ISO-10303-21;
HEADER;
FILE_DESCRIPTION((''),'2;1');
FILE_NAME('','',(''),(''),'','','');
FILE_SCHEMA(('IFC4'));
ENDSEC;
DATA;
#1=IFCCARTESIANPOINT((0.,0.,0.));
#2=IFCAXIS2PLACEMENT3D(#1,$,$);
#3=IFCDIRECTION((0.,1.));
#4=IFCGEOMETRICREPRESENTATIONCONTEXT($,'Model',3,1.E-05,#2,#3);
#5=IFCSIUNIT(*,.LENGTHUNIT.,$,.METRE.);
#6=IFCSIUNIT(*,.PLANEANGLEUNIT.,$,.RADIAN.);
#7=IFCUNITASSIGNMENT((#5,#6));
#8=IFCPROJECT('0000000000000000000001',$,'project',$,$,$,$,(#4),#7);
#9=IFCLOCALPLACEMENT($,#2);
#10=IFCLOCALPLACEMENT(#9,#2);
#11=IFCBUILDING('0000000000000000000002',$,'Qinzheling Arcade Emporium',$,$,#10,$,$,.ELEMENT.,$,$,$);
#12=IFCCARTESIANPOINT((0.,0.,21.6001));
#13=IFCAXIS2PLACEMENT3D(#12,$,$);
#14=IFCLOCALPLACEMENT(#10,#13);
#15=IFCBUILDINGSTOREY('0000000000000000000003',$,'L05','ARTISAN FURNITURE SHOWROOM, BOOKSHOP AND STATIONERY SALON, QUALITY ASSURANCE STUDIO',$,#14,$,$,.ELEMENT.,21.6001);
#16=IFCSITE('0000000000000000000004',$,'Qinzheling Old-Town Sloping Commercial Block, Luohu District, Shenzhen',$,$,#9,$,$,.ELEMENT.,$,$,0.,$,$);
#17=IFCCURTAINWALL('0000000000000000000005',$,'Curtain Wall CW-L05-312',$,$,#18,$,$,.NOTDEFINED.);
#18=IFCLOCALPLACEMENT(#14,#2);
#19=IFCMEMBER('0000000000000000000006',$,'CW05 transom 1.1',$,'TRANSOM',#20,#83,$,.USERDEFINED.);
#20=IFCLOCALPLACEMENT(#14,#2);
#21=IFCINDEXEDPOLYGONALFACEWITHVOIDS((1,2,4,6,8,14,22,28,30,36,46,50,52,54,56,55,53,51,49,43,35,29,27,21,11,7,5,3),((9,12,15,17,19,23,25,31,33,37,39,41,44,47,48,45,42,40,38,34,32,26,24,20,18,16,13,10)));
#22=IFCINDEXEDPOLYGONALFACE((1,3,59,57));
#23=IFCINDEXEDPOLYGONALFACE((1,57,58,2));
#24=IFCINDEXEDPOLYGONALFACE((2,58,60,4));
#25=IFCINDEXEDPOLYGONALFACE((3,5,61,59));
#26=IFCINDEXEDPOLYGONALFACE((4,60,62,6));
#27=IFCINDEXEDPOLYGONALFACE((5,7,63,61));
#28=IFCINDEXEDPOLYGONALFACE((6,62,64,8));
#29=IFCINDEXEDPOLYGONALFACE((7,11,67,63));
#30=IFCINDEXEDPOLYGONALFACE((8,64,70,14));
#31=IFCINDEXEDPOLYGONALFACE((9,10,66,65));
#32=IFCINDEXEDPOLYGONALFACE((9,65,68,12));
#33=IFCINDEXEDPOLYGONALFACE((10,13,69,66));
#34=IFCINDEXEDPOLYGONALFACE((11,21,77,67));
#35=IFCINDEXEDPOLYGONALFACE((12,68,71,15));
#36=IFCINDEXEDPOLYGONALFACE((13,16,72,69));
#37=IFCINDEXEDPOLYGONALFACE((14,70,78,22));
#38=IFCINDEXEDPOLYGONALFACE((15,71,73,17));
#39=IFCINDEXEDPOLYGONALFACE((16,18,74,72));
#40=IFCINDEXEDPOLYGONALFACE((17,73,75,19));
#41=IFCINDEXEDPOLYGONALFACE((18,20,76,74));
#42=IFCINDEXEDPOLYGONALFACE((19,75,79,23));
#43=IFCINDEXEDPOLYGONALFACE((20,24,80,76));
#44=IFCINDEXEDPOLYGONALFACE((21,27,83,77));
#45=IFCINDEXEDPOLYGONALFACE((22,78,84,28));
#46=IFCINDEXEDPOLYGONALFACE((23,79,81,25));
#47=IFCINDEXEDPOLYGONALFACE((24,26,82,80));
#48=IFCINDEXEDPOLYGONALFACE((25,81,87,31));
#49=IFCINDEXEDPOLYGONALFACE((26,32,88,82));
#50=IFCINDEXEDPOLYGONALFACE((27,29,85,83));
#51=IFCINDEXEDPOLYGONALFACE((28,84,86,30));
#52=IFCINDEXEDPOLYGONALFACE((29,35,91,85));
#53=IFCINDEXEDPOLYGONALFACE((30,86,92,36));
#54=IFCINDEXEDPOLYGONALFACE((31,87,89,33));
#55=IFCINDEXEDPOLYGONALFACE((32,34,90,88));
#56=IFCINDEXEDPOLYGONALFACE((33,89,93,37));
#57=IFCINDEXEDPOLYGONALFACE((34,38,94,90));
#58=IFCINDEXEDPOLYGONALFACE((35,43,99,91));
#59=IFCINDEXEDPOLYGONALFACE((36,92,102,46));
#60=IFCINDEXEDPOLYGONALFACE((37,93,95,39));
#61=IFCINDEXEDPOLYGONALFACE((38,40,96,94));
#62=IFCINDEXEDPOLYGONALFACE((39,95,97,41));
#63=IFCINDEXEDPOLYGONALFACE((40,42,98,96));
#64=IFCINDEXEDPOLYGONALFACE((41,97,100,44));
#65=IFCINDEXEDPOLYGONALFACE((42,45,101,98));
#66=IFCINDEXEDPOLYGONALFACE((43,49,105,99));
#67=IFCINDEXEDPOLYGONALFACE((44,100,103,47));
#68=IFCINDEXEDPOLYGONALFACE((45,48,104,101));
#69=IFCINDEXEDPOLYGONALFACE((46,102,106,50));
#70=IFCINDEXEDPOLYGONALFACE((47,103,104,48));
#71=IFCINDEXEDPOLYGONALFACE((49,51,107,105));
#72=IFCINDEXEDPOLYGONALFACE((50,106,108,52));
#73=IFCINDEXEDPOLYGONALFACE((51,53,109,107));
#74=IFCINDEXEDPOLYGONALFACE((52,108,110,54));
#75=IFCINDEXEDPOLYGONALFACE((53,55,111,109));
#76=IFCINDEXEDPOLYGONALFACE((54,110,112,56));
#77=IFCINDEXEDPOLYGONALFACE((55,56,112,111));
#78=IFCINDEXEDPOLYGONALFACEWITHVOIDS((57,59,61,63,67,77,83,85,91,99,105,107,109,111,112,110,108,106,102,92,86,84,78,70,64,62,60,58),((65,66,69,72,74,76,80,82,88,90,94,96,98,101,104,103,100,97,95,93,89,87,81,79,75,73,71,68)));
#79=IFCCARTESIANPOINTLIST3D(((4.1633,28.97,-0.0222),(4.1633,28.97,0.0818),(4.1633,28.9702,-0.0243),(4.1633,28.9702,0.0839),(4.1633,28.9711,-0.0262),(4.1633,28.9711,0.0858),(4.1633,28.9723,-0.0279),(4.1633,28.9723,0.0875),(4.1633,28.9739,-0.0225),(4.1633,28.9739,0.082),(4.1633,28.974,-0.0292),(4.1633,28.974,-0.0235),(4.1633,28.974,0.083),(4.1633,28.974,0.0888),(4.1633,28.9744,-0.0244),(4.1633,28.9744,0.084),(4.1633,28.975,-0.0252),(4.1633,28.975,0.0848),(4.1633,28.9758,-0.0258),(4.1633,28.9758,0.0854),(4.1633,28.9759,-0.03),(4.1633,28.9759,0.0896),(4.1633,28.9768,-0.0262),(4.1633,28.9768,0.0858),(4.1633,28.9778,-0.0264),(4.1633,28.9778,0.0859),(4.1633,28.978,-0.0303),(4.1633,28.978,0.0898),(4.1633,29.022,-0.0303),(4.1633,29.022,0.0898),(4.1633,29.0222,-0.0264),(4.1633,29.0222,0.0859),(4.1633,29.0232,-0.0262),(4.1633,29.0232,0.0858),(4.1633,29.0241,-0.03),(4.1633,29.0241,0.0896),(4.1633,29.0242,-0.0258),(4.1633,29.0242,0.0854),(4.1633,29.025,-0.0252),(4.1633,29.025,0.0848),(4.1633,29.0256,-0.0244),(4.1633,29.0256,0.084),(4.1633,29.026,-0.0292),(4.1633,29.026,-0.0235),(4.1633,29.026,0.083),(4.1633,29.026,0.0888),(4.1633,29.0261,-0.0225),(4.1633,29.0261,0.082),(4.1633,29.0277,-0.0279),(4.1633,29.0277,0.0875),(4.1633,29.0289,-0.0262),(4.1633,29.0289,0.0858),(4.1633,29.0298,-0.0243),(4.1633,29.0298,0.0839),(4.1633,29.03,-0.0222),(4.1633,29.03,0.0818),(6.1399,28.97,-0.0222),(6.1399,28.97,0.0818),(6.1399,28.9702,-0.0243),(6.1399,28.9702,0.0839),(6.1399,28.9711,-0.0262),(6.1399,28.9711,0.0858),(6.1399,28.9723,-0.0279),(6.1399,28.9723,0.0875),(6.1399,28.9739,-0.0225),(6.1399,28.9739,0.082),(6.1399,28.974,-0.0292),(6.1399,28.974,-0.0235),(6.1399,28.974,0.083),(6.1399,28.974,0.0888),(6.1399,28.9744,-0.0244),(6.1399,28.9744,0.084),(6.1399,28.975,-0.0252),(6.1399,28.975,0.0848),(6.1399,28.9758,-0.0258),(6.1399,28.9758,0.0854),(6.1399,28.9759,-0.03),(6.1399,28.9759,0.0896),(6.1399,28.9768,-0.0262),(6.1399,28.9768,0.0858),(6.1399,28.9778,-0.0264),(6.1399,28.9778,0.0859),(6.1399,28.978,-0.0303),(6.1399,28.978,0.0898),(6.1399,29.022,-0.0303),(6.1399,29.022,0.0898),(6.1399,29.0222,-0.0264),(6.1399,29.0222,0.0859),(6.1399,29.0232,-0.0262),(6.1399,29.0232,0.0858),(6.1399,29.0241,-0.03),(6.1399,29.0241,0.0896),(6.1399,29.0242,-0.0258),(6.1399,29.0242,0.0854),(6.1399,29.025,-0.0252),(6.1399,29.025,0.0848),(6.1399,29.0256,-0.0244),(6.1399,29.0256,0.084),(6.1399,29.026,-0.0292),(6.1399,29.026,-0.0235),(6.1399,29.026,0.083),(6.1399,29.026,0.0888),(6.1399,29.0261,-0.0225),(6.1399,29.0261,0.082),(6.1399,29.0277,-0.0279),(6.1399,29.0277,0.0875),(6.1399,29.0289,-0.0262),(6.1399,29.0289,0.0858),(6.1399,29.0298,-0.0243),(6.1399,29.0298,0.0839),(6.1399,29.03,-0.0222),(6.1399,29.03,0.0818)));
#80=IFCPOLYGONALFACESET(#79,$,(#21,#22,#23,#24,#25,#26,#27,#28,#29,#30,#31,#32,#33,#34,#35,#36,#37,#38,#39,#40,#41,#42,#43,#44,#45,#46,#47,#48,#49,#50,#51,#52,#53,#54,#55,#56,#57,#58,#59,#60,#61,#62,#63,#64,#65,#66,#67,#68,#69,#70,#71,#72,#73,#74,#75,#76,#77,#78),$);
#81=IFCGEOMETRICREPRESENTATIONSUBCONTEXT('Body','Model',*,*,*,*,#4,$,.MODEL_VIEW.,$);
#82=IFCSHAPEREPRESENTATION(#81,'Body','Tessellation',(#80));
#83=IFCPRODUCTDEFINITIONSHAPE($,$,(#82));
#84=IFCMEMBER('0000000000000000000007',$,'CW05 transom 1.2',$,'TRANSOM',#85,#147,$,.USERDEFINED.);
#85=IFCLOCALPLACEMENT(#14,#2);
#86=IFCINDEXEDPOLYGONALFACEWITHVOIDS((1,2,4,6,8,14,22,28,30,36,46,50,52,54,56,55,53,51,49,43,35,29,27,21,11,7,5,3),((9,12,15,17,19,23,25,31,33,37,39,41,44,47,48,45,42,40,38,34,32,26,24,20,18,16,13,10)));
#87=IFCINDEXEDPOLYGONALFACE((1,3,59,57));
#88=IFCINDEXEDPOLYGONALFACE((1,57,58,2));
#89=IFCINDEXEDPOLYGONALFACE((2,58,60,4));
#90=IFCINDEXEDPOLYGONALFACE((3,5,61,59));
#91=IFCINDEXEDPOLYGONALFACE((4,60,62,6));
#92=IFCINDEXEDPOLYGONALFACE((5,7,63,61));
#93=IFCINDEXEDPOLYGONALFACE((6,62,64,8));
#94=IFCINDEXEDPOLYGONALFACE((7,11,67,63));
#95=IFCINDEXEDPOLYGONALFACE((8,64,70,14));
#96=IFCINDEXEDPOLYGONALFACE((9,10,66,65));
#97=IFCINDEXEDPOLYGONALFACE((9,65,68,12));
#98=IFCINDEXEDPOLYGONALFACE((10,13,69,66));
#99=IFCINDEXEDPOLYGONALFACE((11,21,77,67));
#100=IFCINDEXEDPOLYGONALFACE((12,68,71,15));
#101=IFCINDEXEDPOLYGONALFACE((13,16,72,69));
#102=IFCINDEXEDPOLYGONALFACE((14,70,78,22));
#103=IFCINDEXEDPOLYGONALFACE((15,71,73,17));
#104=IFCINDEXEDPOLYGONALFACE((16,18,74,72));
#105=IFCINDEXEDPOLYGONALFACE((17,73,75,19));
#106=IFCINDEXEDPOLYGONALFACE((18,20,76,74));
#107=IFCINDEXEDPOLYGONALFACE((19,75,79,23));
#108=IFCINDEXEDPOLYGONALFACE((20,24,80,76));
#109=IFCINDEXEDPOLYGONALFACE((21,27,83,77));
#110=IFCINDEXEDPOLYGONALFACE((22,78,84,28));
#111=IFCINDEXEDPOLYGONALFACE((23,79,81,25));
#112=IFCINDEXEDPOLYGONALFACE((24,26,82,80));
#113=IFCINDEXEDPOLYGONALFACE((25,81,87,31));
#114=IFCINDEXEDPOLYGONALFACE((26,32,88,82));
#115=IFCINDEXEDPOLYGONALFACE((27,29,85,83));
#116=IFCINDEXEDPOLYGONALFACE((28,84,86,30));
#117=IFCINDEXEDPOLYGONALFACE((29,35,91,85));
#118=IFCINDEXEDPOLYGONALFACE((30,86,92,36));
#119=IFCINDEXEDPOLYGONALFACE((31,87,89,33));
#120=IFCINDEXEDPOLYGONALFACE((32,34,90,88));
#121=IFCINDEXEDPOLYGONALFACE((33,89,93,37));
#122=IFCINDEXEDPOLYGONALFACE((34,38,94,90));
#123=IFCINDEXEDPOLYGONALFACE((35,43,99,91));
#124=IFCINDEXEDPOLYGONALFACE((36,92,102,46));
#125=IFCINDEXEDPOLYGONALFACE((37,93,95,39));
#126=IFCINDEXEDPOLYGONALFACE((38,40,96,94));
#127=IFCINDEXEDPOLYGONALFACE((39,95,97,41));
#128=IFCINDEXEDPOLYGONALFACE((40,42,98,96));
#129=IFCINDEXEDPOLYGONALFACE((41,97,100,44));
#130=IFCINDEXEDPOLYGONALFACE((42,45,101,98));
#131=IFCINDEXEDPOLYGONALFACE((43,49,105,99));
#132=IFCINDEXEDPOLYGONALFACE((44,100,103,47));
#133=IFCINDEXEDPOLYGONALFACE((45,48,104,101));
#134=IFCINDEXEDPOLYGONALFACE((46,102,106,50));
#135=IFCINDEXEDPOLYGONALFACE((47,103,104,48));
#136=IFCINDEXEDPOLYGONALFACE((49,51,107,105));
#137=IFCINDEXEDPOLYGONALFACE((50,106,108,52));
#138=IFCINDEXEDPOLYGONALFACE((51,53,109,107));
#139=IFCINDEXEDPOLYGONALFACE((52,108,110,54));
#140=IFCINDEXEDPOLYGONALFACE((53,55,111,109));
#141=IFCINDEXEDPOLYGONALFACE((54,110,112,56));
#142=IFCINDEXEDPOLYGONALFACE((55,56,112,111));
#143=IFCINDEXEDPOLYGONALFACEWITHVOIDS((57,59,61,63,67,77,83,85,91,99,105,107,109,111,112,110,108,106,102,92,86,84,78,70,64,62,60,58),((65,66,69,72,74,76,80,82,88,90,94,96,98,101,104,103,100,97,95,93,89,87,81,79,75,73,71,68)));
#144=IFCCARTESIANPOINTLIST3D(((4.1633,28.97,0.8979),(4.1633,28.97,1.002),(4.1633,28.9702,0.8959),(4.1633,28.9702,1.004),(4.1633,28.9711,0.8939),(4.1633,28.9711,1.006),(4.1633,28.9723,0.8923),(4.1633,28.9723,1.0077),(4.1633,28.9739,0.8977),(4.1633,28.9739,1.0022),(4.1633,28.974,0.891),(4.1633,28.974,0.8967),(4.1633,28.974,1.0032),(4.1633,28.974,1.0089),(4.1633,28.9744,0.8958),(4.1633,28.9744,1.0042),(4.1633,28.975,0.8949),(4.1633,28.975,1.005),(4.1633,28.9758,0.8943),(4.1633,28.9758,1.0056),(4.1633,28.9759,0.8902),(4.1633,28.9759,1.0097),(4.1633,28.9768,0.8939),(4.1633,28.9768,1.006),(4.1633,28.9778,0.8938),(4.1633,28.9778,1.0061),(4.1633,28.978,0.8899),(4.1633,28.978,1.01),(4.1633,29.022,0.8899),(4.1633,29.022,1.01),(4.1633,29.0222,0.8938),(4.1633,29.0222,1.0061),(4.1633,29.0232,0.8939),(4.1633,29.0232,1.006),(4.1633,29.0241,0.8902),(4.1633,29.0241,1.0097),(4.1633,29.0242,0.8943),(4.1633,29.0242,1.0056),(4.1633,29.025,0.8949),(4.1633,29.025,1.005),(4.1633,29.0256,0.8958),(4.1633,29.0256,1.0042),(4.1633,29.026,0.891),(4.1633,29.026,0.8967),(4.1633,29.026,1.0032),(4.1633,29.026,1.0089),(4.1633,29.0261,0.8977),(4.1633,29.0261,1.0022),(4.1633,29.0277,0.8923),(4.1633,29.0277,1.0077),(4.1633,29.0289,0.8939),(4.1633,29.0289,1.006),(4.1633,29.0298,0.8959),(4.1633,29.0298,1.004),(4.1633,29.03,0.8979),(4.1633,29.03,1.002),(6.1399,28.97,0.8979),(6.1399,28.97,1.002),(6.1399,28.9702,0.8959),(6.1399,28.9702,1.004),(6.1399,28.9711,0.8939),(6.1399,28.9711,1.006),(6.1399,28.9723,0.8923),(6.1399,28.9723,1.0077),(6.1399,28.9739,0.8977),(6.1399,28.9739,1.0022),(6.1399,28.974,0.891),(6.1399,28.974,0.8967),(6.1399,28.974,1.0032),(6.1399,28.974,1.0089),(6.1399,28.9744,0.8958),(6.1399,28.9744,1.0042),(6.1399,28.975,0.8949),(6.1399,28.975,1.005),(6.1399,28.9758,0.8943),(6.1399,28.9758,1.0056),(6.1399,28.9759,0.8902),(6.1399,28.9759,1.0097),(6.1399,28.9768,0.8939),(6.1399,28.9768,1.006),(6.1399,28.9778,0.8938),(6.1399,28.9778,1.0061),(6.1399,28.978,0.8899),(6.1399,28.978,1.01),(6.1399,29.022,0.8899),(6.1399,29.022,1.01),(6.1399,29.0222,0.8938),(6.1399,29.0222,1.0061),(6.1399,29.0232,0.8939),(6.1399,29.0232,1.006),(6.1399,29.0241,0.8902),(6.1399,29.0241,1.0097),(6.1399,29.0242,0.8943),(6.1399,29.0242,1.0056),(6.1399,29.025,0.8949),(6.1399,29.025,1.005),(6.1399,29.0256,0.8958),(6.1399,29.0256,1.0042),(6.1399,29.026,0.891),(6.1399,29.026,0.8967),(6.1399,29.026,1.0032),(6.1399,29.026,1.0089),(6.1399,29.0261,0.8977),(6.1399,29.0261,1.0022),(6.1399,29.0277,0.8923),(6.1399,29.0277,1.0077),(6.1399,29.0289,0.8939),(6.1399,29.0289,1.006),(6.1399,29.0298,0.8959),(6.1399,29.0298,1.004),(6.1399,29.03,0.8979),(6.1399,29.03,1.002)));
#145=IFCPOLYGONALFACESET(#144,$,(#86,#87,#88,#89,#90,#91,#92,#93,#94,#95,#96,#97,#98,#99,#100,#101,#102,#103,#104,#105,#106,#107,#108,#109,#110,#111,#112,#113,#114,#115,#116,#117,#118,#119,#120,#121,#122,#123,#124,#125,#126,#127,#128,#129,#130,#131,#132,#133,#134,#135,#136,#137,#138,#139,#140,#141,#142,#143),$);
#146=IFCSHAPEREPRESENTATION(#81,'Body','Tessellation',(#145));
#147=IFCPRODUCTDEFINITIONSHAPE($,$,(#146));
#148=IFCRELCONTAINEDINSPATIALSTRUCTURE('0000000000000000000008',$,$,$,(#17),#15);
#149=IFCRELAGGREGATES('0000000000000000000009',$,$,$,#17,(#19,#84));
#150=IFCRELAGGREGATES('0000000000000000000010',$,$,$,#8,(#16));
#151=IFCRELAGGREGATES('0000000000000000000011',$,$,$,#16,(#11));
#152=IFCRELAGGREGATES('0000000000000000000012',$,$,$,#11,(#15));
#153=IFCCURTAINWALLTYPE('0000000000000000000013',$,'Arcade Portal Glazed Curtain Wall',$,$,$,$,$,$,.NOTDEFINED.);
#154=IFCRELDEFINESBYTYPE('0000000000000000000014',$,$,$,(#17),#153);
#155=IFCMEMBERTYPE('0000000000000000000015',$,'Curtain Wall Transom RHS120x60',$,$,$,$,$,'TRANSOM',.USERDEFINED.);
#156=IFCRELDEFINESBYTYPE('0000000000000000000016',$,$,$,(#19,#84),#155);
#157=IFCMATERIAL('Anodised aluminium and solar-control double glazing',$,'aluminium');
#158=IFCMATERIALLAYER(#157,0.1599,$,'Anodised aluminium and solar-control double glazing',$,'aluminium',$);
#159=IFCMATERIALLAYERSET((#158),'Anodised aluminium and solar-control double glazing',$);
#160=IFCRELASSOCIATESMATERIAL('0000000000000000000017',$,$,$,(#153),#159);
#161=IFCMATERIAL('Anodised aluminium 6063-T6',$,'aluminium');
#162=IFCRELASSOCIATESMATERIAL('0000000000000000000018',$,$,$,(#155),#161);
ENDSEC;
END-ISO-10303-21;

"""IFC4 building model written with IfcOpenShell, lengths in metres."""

from ifc_helpers import new_model, si_unit, direction, frame, origin, origin_2d, place, context, subcontext, project, spatial, hollow_rectangle, extrude, material, layer, layer_set, material_profile, profile_set, type_object, element, aggregate, save


model = new_model("IFC4")

# Units and contexts
model_context = context("Model", 3, precision=1e-05, world=origin(), true_north=direction((0.0, 1.0)))
body_context = subcontext(model_context, "Body", "Model", "MODEL_VIEW")
ifc_project = project(units=[si_unit("LENGTHUNIT", "METRE"), si_unit("PLANEANGLEUNIT", "RADIAN")], contexts=[model_context])

# Site, building, storey
site_placement = place(None, origin())
site = spatial("IfcSite", under=ifc_project, at=site_placement, Name="Qinzheling Old-Town Sloping Commercial Block, Luohu District, Shenzhen", CompositionType="ELEMENT", RefElevation=0.0)
building_placement = place(site_placement, origin())
building = spatial("IfcBuilding", under=site, at=building_placement, Name="Qinzheling Arcade Emporium", CompositionType="ELEMENT")
storey_placement = place(building_placement, frame((0.0, 0.0, 21.6001)))
storey = spatial("IfcBuildingStorey", under=building, at=storey_placement, Name="L05", Description="ARTISAN FURNITURE SHOWROOM, BOOKSHOP AND STATIONERY SALON, QUALITY ASSURANCE STUDIO", CompositionType="ELEMENT", Elevation=21.6001)

# Shared definitions
ifc_material_1 = material(Name="Anodised aluminium and solar-control double glazing", Category="aluminium")
ifc_material_2 = material(Name="Anodised aluminium 6063-T6", Category="aluminium")

# Curtain wall
ifc_layer_1 = layer(ifc_material_1, 0.1599, Name="Anodised aluminium and solar-control double glazing", Category="aluminium")
ifc_layer_set_1 = layer_set([ifc_layer_1], Name="Anodised aluminium and solar-control double glazing")
curtain_wall_type_1 = type_object("IfcCurtainWallType", Name="Arcade Portal Glazed Curtain Wall", PredefinedType="NOTDEFINED", material=ifc_layer_set_1)
curtain_wall_1_placement = place(storey_placement, origin())
curtain_wall_1 = element("IfcCurtainWall", 1, at=curtain_wall_1_placement, inside=storey, type_object=curtain_wall_type_1, Name="Curtain Wall CW-L05-312", PredefinedType="NOTDEFINED")

# Members
ifc_material_profile_1 = material_profile(ifc_material_2, hollow_rectangle(XDim=0.0601, YDim=0.1201, WallThickness=0.0039, InnerFilletRadius=0.0039, OuterFilletRadius=0.0081, at=origin_2d()), Name="RHS 120x60x4", Category="aluminium")
ifc_profile_set_1 = profile_set([ifc_material_profile_1], Name="Anodised aluminium 6063-T6")
member_type_1 = type_object("IfcMemberType", Name="Curtain Wall Transom RHS120x60", ElementType="TRANSOM", PredefinedType="USERDEFINED", material=ifc_profile_set_1)
member_1_placement = place(storey_placement, frame((6.1399, 29.0, 0.0298), z_axis=(-1.0, 0.0, 0.0), x_axis=(0.0, -1.0, 0.0)))
member_1 = element("IfcMember", 2, at=member_1_placement, type_object=member_type_1, Name="CW05 transom 1.1", ObjectType="TRANSOM", PredefinedType="USERDEFINED", context=body_context, shape_type="SweptSolid", body=[
    extrude(hollow_rectangle(XDim=0.0601, YDim=0.1201, WallThickness=0.0039, InnerFilletRadius=0.0039, OuterFilletRadius=0.0081, at=origin_2d()), origin(), (0.0, 0.0, 1.0), 1.9766),
])
member_2_placement = place(storey_placement, frame((6.1399, 29.0, 0.95), z_axis=(-1.0, 0.0, 0.0), x_axis=(0.0, -1.0, 0.0)))
member_2 = element("IfcMember", 3, at=member_2_placement, type_object=member_type_1, Name="CW05 transom 1.2", ObjectType="TRANSOM", PredefinedType="USERDEFINED", context=body_context, shape_type="SweptSolid", body=[
    extrude(hollow_rectangle(XDim=0.0601, YDim=0.1201, WallThickness=0.0039, InnerFilletRadius=0.0039, OuterFilletRadius=0.0081, at=origin_2d()), origin(), (0.0, 0.0, 1.0), 1.9766),
])

aggregate(curtain_wall_1, [member_1, member_2])

save(model, "model.ifc")
